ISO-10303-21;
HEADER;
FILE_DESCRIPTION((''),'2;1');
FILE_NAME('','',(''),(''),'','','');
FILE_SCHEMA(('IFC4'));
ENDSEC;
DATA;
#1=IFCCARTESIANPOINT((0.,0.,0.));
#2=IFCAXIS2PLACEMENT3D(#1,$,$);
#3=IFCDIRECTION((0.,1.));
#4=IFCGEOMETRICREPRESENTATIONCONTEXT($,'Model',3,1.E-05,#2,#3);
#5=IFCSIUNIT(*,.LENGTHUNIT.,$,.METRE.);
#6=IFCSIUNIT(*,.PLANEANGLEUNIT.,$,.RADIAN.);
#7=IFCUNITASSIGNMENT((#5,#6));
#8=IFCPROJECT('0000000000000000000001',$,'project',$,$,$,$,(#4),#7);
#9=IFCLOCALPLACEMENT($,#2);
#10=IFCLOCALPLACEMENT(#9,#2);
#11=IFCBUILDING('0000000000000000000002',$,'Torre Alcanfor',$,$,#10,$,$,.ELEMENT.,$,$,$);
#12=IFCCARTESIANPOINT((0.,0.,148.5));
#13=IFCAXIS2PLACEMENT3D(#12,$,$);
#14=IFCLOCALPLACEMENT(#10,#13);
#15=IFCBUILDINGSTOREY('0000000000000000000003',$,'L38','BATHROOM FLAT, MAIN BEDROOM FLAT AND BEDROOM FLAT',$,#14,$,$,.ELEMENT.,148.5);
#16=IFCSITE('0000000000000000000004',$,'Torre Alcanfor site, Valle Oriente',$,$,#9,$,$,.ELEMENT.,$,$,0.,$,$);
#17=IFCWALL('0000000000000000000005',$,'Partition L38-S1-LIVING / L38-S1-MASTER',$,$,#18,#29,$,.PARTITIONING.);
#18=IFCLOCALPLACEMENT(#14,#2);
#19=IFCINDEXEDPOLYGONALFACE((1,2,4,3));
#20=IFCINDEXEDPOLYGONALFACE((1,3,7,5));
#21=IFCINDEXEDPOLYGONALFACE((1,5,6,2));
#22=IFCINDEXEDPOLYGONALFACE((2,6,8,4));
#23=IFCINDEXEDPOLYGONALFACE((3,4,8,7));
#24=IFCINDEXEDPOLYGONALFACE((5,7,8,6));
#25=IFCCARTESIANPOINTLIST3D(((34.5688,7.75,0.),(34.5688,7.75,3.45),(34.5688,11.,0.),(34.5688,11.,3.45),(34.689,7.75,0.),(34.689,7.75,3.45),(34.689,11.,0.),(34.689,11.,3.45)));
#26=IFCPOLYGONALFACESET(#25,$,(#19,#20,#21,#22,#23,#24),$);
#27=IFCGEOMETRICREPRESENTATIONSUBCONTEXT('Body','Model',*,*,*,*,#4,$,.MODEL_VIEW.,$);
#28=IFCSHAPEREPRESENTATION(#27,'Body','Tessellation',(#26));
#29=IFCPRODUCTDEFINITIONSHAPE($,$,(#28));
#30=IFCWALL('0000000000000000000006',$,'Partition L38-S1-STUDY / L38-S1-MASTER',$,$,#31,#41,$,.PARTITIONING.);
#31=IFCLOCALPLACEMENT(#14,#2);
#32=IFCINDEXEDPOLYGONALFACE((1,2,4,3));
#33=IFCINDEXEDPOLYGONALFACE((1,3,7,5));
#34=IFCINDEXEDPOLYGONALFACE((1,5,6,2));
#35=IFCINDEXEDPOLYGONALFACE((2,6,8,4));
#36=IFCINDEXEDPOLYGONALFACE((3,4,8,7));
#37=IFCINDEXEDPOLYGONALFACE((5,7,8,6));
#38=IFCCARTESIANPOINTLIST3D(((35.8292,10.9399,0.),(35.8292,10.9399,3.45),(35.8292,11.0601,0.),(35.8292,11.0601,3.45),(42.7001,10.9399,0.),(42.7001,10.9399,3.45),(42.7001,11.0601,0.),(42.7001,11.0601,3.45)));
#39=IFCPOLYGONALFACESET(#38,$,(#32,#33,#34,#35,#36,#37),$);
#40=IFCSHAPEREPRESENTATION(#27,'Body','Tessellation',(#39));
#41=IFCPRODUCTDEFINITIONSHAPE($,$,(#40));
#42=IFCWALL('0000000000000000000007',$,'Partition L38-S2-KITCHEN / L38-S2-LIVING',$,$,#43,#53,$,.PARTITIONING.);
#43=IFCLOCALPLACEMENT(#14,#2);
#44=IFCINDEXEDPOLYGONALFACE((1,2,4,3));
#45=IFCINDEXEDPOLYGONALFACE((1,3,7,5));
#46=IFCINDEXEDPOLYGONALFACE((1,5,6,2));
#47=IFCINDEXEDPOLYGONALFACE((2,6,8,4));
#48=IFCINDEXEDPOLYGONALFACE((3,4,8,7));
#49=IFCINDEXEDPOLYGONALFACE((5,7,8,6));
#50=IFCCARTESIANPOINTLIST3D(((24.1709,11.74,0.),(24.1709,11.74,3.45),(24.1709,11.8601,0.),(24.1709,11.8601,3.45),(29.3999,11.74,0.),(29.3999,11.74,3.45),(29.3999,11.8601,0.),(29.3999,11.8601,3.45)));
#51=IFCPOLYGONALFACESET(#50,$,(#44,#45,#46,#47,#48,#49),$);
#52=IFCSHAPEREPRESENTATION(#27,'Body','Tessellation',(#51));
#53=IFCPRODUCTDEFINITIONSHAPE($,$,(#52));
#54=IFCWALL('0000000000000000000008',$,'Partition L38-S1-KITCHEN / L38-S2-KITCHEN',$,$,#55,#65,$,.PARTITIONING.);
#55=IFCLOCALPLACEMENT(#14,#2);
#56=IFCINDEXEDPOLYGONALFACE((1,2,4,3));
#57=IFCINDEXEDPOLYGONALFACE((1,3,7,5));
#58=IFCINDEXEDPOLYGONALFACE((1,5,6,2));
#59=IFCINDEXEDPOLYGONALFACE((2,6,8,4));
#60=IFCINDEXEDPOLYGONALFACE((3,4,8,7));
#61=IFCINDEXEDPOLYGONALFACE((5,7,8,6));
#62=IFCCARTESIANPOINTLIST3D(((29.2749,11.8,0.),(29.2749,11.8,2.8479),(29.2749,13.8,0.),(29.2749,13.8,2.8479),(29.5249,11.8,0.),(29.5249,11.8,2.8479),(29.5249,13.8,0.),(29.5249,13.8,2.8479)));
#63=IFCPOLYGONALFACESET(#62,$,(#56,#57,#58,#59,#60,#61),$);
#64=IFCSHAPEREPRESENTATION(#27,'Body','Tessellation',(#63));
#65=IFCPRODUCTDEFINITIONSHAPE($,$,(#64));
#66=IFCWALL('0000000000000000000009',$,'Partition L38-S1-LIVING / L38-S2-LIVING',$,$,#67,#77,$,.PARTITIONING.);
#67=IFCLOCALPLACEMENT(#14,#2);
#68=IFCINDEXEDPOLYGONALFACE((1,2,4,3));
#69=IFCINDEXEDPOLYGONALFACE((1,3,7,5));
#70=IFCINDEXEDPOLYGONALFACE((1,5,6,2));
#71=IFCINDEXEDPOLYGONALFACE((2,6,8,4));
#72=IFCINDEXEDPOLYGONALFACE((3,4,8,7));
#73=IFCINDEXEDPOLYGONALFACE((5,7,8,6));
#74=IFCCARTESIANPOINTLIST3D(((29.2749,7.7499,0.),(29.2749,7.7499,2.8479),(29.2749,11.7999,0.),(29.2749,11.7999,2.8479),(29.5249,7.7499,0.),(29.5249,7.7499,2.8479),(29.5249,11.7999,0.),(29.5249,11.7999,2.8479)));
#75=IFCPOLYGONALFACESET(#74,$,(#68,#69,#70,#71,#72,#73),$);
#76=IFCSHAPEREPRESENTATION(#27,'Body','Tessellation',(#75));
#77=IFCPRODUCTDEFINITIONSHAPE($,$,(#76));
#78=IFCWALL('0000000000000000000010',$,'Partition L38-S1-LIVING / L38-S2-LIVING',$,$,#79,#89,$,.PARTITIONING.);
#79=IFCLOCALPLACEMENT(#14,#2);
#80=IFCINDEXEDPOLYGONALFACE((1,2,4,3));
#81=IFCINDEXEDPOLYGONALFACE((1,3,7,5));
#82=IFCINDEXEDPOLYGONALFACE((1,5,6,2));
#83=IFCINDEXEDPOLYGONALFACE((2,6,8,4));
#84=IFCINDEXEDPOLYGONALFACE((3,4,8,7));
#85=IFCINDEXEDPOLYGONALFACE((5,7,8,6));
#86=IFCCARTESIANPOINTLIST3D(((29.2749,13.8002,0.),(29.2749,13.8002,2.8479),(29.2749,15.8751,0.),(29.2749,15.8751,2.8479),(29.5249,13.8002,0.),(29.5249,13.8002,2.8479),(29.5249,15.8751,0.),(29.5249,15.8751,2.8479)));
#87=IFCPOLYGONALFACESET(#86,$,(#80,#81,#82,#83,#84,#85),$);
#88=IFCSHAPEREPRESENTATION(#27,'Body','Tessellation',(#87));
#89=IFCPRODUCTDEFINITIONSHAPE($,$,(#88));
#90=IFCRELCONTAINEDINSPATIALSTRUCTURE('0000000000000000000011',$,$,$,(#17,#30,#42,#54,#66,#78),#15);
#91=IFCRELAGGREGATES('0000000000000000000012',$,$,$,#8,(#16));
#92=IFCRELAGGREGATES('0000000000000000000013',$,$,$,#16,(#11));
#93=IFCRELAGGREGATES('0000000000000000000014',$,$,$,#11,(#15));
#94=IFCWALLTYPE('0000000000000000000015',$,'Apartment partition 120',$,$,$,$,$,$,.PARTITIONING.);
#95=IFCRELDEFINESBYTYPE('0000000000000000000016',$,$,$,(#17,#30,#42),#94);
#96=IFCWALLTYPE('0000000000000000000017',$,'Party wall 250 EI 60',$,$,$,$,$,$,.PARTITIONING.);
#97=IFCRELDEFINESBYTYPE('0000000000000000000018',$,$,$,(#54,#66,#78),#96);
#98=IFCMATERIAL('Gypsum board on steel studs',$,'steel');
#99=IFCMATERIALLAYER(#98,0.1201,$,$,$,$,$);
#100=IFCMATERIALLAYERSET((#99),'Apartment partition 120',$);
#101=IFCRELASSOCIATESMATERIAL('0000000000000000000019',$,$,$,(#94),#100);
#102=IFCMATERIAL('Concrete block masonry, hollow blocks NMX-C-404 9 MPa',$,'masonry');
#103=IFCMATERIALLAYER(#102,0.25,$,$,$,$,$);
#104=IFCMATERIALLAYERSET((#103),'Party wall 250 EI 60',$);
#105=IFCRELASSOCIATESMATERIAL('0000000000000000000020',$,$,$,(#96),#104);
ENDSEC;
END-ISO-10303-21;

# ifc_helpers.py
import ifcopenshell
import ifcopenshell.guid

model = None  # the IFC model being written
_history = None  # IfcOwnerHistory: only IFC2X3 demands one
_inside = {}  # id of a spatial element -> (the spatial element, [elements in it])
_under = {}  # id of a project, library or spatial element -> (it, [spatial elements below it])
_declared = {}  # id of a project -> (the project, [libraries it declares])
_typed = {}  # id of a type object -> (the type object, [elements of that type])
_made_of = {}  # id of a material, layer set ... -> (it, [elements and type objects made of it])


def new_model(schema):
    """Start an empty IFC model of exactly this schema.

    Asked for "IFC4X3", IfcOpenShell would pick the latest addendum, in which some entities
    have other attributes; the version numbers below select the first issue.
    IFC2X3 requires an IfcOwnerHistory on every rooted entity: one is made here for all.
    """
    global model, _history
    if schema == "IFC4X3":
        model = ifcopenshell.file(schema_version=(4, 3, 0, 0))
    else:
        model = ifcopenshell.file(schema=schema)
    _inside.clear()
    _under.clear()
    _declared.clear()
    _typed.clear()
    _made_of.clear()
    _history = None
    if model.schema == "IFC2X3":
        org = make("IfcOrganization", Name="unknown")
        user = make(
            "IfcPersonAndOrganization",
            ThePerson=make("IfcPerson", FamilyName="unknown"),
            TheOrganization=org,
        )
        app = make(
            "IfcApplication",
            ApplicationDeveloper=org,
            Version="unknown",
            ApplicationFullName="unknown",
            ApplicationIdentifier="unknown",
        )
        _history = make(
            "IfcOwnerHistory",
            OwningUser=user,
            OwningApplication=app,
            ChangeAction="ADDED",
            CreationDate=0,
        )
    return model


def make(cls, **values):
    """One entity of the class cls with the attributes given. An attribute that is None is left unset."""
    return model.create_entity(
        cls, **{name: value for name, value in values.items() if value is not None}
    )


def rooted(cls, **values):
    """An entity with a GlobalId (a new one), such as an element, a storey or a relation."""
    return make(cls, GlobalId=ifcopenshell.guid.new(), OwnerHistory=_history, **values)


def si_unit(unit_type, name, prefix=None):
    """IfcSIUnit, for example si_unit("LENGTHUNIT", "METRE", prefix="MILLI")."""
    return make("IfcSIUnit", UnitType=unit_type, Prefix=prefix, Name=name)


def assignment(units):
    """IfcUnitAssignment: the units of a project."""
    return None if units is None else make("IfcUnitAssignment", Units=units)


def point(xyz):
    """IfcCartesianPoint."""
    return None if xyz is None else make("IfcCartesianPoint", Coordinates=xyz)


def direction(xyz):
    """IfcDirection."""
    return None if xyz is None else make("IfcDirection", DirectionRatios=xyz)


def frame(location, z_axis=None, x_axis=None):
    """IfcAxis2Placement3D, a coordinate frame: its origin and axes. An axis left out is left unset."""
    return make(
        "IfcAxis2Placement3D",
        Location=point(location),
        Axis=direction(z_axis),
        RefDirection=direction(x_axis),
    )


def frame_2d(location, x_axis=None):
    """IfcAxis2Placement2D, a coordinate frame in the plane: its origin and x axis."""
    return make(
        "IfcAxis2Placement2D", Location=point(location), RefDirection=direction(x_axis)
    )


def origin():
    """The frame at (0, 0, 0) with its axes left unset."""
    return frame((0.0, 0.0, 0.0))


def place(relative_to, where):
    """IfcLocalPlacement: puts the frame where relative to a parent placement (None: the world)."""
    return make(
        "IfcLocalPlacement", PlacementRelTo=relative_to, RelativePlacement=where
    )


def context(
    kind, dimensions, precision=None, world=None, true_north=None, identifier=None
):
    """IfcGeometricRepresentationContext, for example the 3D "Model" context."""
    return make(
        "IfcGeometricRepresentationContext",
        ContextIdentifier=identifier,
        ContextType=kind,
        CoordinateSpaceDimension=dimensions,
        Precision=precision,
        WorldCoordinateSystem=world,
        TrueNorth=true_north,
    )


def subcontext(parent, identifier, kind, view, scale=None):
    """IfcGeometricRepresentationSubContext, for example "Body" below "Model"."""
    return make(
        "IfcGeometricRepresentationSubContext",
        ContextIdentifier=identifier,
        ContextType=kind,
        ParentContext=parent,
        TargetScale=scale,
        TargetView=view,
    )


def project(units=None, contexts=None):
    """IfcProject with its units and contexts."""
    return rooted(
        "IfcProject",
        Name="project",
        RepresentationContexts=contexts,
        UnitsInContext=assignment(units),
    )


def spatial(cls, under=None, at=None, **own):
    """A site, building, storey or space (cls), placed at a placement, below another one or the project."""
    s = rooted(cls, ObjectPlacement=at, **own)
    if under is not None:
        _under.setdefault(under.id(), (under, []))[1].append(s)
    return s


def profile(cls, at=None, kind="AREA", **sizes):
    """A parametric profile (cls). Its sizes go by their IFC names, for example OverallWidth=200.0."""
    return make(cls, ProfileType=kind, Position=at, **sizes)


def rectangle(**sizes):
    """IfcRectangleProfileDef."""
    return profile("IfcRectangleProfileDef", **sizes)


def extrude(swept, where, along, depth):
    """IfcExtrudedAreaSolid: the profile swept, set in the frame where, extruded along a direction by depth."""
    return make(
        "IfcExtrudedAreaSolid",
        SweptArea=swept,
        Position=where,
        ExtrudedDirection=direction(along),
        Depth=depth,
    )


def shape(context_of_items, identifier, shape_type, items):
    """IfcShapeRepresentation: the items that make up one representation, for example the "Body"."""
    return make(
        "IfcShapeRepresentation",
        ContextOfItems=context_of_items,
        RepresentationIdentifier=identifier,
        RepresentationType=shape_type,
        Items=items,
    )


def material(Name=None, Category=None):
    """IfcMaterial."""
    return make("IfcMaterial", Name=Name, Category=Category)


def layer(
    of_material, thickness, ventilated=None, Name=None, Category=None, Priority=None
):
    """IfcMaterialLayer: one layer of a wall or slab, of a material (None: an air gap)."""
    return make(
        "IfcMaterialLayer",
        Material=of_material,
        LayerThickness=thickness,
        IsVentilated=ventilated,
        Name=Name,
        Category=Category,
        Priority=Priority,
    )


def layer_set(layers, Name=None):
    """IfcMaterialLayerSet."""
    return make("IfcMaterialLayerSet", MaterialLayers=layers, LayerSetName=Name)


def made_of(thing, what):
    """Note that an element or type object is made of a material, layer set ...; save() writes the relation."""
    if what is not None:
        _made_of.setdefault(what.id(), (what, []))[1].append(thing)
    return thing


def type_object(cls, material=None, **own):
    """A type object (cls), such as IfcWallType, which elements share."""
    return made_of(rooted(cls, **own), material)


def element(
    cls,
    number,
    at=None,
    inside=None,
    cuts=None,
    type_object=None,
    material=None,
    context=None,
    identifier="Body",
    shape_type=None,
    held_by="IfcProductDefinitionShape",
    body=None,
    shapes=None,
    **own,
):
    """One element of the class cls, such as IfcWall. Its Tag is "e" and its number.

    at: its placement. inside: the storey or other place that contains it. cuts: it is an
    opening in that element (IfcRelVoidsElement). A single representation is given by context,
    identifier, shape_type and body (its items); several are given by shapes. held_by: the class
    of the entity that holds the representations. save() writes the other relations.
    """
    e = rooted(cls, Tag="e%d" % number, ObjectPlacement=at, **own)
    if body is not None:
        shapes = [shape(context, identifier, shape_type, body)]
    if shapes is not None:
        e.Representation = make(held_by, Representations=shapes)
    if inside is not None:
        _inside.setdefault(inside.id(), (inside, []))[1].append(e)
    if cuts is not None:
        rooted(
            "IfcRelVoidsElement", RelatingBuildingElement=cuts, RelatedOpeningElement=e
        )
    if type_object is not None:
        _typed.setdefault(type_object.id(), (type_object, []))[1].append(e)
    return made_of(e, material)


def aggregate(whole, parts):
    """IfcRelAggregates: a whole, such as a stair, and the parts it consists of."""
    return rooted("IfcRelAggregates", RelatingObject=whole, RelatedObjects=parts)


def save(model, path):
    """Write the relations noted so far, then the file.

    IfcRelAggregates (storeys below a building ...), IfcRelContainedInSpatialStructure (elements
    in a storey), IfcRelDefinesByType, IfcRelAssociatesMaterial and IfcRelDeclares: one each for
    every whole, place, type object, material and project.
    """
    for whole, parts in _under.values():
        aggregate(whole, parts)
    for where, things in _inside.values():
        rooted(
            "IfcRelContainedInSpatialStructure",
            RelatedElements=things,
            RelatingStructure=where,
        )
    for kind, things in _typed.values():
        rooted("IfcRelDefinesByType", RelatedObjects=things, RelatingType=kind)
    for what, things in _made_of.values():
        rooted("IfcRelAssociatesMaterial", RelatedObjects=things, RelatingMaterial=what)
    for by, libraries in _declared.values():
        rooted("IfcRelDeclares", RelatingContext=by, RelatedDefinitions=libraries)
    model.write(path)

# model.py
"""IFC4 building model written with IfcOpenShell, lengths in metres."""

from ifc_helpers import new_model, si_unit, direction, frame, frame_2d, origin, place, context, subcontext, project, spatial, rectangle, extrude, material, layer, layer_set, type_object, element, save


model = new_model("IFC4")

# Units and contexts
model_context = context("Model", 3, precision=1e-05, world=origin(), true_north=direction((0.0, 1.0)))
body_context = subcontext(model_context, "Body", "Model", "MODEL_VIEW")
ifc_project = project(units=[si_unit("LENGTHUNIT", "METRE"), si_unit("PLANEANGLEUNIT", "RADIAN")], contexts=[model_context])

# Site, building, storey
site_placement = place(None, origin())
site = spatial("IfcSite", under=ifc_project, at=site_placement, Name="Torre Alcanfor site, Valle Oriente", CompositionType="ELEMENT", RefElevation=0.0)
building_placement = place(site_placement, origin())
building = spatial("IfcBuilding", under=site, at=building_placement, Name="Torre Alcanfor", CompositionType="ELEMENT")
storey_placement = place(building_placement, frame((0.0, 0.0, 148.5)))
storey = spatial("IfcBuildingStorey", under=building, at=storey_placement, Name="L38", Description="BATHROOM FLAT, MAIN BEDROOM FLAT AND BEDROOM FLAT", CompositionType="ELEMENT", Elevation=148.5)

# Shared definitions
ifc_material_1 = material(Name="Gypsum board on steel studs", Category="steel")
ifc_layer_1 = layer(ifc_material_1, 0.1201)
ifc_layer_set_1 = layer_set([ifc_layer_1], Name="Apartment partition 120")
wall_type_1 = type_object("IfcWallType", Name="Apartment partition 120", PredefinedType="PARTITIONING", material=ifc_layer_set_1)

# Walls
wall_1_placement = place(storey_placement, frame((34.6289, 11.0, 0.0), z_axis=(0.0, 0.0, 1.0), x_axis=(0.0, -1.0, 0.0)))
element("IfcWall", 1, at=wall_1_placement, inside=storey, type_object=wall_type_1, Name="Partition L38-S1-LIVING / L38-S1-MASTER", PredefinedType="PARTITIONING", context=body_context, shape_type="SweptSolid", body=[
    extrude(rectangle(XDim=3.25, YDim=0.1201, at=frame_2d((1.625, 0.0))), origin(), (0.0, 0.0, 1.0), 3.45),
])
wall_2_placement = place(storey_placement, frame((35.8291, 11.0, 0.0), z_axis=(0.0, 0.0, 1.0), x_axis=(1.0, 0.0, 0.0)))
element("IfcWall", 2, at=wall_2_placement, inside=storey, type_object=wall_type_1, Name="Partition L38-S1-STUDY / L38-S1-MASTER", PredefinedType="PARTITIONING", context=body_context, shape_type="SweptSolid", body=[
    extrude(rectangle(XDim=6.8708, YDim=0.1201, at=frame_2d((3.4355, 0.0))), origin(), (0.0, 0.0, 1.0), 3.45),
])
wall_3_placement = place(storey_placement, frame((29.3999, 11.8, 0.0), z_axis=(0.0, 0.0, 1.0), x_axis=(-1.0, 0.0, 0.0)))
element("IfcWall", 3, at=wall_3_placement, inside=storey, type_object=wall_type_1, Name="Partition L38-S2-KITCHEN / L38-S2-LIVING", PredefinedType="PARTITIONING", context=body_context, shape_type="SweptSolid", body=[
    extrude(rectangle(XDim=5.229, YDim=0.1201, at=frame_2d((2.6145, 0.0))), origin(), (0.0, 0.0, 1.0), 3.45),
])
ifc_material_2 = material(Name="Concrete block masonry, hollow blocks NMX-C-404 9 MPa", Category="masonry")
ifc_layer_2 = layer(ifc_material_2, 0.25)
ifc_layer_set_2 = layer_set([ifc_layer_2], Name="Party wall 250 EI 60")
wall_type_2 = type_object("IfcWallType", Name="Party wall 250 EI 60", PredefinedType="PARTITIONING", material=ifc_layer_set_2)
wall_4_placement = place(storey_placement, frame((29.3999, 13.8, 0.0), z_axis=(0.0, 0.0, 1.0), x_axis=(0.0, -1.0, 0.0)))
element("IfcWall", 4, at=wall_4_placement, inside=storey, type_object=wall_type_2, Name="Partition L38-S1-KITCHEN / L38-S2-KITCHEN", PredefinedType="PARTITIONING", context=body_context, shape_type="SweptSolid", body=[
    extrude(rectangle(XDim=2.0, YDim=0.25, at=frame_2d((1.0, 0.0))), origin(), (0.0, 0.0, 1.0), 2.8479),
])
wall_5_placement = place(storey_placement, frame((29.3999, 7.75, 0.0), z_axis=(0.0, 0.0, 1.0), x_axis=(0.0, 1.0, 0.0)))
element("IfcWall", 5, at=wall_5_placement, inside=storey, type_object=wall_type_2, Name="Partition L38-S1-LIVING / L38-S2-LIVING", PredefinedType="PARTITIONING", context=body_context, shape_type="SweptSolid", body=[
    extrude(rectangle(XDim=4.05, YDim=0.25, at=frame_2d((2.0249, 0.0))), origin(), (0.0, 0.0, 1.0), 2.8479),
])
wall_6_placement = place(storey_placement, frame((29.3999, 13.8, 0.0), z_axis=(0.0, 0.0, 1.0), x_axis=(0.0, 1.0, 0.0)))
element("IfcWall", 6, at=wall_6_placement, inside=storey, type_object=wall_type_2, Name="Partition L38-S1-LIVING / L38-S2-LIVING", PredefinedType="PARTITIONING", context=body_context, shape_type="SweptSolid", body=[
    extrude(rectangle(XDim=2.075, YDim=0.25, at=frame_2d((1.0376, 0.0))), origin(), (0.0, 0.0, 1.0), 2.8479),
])

save(model, "model.ifc")
